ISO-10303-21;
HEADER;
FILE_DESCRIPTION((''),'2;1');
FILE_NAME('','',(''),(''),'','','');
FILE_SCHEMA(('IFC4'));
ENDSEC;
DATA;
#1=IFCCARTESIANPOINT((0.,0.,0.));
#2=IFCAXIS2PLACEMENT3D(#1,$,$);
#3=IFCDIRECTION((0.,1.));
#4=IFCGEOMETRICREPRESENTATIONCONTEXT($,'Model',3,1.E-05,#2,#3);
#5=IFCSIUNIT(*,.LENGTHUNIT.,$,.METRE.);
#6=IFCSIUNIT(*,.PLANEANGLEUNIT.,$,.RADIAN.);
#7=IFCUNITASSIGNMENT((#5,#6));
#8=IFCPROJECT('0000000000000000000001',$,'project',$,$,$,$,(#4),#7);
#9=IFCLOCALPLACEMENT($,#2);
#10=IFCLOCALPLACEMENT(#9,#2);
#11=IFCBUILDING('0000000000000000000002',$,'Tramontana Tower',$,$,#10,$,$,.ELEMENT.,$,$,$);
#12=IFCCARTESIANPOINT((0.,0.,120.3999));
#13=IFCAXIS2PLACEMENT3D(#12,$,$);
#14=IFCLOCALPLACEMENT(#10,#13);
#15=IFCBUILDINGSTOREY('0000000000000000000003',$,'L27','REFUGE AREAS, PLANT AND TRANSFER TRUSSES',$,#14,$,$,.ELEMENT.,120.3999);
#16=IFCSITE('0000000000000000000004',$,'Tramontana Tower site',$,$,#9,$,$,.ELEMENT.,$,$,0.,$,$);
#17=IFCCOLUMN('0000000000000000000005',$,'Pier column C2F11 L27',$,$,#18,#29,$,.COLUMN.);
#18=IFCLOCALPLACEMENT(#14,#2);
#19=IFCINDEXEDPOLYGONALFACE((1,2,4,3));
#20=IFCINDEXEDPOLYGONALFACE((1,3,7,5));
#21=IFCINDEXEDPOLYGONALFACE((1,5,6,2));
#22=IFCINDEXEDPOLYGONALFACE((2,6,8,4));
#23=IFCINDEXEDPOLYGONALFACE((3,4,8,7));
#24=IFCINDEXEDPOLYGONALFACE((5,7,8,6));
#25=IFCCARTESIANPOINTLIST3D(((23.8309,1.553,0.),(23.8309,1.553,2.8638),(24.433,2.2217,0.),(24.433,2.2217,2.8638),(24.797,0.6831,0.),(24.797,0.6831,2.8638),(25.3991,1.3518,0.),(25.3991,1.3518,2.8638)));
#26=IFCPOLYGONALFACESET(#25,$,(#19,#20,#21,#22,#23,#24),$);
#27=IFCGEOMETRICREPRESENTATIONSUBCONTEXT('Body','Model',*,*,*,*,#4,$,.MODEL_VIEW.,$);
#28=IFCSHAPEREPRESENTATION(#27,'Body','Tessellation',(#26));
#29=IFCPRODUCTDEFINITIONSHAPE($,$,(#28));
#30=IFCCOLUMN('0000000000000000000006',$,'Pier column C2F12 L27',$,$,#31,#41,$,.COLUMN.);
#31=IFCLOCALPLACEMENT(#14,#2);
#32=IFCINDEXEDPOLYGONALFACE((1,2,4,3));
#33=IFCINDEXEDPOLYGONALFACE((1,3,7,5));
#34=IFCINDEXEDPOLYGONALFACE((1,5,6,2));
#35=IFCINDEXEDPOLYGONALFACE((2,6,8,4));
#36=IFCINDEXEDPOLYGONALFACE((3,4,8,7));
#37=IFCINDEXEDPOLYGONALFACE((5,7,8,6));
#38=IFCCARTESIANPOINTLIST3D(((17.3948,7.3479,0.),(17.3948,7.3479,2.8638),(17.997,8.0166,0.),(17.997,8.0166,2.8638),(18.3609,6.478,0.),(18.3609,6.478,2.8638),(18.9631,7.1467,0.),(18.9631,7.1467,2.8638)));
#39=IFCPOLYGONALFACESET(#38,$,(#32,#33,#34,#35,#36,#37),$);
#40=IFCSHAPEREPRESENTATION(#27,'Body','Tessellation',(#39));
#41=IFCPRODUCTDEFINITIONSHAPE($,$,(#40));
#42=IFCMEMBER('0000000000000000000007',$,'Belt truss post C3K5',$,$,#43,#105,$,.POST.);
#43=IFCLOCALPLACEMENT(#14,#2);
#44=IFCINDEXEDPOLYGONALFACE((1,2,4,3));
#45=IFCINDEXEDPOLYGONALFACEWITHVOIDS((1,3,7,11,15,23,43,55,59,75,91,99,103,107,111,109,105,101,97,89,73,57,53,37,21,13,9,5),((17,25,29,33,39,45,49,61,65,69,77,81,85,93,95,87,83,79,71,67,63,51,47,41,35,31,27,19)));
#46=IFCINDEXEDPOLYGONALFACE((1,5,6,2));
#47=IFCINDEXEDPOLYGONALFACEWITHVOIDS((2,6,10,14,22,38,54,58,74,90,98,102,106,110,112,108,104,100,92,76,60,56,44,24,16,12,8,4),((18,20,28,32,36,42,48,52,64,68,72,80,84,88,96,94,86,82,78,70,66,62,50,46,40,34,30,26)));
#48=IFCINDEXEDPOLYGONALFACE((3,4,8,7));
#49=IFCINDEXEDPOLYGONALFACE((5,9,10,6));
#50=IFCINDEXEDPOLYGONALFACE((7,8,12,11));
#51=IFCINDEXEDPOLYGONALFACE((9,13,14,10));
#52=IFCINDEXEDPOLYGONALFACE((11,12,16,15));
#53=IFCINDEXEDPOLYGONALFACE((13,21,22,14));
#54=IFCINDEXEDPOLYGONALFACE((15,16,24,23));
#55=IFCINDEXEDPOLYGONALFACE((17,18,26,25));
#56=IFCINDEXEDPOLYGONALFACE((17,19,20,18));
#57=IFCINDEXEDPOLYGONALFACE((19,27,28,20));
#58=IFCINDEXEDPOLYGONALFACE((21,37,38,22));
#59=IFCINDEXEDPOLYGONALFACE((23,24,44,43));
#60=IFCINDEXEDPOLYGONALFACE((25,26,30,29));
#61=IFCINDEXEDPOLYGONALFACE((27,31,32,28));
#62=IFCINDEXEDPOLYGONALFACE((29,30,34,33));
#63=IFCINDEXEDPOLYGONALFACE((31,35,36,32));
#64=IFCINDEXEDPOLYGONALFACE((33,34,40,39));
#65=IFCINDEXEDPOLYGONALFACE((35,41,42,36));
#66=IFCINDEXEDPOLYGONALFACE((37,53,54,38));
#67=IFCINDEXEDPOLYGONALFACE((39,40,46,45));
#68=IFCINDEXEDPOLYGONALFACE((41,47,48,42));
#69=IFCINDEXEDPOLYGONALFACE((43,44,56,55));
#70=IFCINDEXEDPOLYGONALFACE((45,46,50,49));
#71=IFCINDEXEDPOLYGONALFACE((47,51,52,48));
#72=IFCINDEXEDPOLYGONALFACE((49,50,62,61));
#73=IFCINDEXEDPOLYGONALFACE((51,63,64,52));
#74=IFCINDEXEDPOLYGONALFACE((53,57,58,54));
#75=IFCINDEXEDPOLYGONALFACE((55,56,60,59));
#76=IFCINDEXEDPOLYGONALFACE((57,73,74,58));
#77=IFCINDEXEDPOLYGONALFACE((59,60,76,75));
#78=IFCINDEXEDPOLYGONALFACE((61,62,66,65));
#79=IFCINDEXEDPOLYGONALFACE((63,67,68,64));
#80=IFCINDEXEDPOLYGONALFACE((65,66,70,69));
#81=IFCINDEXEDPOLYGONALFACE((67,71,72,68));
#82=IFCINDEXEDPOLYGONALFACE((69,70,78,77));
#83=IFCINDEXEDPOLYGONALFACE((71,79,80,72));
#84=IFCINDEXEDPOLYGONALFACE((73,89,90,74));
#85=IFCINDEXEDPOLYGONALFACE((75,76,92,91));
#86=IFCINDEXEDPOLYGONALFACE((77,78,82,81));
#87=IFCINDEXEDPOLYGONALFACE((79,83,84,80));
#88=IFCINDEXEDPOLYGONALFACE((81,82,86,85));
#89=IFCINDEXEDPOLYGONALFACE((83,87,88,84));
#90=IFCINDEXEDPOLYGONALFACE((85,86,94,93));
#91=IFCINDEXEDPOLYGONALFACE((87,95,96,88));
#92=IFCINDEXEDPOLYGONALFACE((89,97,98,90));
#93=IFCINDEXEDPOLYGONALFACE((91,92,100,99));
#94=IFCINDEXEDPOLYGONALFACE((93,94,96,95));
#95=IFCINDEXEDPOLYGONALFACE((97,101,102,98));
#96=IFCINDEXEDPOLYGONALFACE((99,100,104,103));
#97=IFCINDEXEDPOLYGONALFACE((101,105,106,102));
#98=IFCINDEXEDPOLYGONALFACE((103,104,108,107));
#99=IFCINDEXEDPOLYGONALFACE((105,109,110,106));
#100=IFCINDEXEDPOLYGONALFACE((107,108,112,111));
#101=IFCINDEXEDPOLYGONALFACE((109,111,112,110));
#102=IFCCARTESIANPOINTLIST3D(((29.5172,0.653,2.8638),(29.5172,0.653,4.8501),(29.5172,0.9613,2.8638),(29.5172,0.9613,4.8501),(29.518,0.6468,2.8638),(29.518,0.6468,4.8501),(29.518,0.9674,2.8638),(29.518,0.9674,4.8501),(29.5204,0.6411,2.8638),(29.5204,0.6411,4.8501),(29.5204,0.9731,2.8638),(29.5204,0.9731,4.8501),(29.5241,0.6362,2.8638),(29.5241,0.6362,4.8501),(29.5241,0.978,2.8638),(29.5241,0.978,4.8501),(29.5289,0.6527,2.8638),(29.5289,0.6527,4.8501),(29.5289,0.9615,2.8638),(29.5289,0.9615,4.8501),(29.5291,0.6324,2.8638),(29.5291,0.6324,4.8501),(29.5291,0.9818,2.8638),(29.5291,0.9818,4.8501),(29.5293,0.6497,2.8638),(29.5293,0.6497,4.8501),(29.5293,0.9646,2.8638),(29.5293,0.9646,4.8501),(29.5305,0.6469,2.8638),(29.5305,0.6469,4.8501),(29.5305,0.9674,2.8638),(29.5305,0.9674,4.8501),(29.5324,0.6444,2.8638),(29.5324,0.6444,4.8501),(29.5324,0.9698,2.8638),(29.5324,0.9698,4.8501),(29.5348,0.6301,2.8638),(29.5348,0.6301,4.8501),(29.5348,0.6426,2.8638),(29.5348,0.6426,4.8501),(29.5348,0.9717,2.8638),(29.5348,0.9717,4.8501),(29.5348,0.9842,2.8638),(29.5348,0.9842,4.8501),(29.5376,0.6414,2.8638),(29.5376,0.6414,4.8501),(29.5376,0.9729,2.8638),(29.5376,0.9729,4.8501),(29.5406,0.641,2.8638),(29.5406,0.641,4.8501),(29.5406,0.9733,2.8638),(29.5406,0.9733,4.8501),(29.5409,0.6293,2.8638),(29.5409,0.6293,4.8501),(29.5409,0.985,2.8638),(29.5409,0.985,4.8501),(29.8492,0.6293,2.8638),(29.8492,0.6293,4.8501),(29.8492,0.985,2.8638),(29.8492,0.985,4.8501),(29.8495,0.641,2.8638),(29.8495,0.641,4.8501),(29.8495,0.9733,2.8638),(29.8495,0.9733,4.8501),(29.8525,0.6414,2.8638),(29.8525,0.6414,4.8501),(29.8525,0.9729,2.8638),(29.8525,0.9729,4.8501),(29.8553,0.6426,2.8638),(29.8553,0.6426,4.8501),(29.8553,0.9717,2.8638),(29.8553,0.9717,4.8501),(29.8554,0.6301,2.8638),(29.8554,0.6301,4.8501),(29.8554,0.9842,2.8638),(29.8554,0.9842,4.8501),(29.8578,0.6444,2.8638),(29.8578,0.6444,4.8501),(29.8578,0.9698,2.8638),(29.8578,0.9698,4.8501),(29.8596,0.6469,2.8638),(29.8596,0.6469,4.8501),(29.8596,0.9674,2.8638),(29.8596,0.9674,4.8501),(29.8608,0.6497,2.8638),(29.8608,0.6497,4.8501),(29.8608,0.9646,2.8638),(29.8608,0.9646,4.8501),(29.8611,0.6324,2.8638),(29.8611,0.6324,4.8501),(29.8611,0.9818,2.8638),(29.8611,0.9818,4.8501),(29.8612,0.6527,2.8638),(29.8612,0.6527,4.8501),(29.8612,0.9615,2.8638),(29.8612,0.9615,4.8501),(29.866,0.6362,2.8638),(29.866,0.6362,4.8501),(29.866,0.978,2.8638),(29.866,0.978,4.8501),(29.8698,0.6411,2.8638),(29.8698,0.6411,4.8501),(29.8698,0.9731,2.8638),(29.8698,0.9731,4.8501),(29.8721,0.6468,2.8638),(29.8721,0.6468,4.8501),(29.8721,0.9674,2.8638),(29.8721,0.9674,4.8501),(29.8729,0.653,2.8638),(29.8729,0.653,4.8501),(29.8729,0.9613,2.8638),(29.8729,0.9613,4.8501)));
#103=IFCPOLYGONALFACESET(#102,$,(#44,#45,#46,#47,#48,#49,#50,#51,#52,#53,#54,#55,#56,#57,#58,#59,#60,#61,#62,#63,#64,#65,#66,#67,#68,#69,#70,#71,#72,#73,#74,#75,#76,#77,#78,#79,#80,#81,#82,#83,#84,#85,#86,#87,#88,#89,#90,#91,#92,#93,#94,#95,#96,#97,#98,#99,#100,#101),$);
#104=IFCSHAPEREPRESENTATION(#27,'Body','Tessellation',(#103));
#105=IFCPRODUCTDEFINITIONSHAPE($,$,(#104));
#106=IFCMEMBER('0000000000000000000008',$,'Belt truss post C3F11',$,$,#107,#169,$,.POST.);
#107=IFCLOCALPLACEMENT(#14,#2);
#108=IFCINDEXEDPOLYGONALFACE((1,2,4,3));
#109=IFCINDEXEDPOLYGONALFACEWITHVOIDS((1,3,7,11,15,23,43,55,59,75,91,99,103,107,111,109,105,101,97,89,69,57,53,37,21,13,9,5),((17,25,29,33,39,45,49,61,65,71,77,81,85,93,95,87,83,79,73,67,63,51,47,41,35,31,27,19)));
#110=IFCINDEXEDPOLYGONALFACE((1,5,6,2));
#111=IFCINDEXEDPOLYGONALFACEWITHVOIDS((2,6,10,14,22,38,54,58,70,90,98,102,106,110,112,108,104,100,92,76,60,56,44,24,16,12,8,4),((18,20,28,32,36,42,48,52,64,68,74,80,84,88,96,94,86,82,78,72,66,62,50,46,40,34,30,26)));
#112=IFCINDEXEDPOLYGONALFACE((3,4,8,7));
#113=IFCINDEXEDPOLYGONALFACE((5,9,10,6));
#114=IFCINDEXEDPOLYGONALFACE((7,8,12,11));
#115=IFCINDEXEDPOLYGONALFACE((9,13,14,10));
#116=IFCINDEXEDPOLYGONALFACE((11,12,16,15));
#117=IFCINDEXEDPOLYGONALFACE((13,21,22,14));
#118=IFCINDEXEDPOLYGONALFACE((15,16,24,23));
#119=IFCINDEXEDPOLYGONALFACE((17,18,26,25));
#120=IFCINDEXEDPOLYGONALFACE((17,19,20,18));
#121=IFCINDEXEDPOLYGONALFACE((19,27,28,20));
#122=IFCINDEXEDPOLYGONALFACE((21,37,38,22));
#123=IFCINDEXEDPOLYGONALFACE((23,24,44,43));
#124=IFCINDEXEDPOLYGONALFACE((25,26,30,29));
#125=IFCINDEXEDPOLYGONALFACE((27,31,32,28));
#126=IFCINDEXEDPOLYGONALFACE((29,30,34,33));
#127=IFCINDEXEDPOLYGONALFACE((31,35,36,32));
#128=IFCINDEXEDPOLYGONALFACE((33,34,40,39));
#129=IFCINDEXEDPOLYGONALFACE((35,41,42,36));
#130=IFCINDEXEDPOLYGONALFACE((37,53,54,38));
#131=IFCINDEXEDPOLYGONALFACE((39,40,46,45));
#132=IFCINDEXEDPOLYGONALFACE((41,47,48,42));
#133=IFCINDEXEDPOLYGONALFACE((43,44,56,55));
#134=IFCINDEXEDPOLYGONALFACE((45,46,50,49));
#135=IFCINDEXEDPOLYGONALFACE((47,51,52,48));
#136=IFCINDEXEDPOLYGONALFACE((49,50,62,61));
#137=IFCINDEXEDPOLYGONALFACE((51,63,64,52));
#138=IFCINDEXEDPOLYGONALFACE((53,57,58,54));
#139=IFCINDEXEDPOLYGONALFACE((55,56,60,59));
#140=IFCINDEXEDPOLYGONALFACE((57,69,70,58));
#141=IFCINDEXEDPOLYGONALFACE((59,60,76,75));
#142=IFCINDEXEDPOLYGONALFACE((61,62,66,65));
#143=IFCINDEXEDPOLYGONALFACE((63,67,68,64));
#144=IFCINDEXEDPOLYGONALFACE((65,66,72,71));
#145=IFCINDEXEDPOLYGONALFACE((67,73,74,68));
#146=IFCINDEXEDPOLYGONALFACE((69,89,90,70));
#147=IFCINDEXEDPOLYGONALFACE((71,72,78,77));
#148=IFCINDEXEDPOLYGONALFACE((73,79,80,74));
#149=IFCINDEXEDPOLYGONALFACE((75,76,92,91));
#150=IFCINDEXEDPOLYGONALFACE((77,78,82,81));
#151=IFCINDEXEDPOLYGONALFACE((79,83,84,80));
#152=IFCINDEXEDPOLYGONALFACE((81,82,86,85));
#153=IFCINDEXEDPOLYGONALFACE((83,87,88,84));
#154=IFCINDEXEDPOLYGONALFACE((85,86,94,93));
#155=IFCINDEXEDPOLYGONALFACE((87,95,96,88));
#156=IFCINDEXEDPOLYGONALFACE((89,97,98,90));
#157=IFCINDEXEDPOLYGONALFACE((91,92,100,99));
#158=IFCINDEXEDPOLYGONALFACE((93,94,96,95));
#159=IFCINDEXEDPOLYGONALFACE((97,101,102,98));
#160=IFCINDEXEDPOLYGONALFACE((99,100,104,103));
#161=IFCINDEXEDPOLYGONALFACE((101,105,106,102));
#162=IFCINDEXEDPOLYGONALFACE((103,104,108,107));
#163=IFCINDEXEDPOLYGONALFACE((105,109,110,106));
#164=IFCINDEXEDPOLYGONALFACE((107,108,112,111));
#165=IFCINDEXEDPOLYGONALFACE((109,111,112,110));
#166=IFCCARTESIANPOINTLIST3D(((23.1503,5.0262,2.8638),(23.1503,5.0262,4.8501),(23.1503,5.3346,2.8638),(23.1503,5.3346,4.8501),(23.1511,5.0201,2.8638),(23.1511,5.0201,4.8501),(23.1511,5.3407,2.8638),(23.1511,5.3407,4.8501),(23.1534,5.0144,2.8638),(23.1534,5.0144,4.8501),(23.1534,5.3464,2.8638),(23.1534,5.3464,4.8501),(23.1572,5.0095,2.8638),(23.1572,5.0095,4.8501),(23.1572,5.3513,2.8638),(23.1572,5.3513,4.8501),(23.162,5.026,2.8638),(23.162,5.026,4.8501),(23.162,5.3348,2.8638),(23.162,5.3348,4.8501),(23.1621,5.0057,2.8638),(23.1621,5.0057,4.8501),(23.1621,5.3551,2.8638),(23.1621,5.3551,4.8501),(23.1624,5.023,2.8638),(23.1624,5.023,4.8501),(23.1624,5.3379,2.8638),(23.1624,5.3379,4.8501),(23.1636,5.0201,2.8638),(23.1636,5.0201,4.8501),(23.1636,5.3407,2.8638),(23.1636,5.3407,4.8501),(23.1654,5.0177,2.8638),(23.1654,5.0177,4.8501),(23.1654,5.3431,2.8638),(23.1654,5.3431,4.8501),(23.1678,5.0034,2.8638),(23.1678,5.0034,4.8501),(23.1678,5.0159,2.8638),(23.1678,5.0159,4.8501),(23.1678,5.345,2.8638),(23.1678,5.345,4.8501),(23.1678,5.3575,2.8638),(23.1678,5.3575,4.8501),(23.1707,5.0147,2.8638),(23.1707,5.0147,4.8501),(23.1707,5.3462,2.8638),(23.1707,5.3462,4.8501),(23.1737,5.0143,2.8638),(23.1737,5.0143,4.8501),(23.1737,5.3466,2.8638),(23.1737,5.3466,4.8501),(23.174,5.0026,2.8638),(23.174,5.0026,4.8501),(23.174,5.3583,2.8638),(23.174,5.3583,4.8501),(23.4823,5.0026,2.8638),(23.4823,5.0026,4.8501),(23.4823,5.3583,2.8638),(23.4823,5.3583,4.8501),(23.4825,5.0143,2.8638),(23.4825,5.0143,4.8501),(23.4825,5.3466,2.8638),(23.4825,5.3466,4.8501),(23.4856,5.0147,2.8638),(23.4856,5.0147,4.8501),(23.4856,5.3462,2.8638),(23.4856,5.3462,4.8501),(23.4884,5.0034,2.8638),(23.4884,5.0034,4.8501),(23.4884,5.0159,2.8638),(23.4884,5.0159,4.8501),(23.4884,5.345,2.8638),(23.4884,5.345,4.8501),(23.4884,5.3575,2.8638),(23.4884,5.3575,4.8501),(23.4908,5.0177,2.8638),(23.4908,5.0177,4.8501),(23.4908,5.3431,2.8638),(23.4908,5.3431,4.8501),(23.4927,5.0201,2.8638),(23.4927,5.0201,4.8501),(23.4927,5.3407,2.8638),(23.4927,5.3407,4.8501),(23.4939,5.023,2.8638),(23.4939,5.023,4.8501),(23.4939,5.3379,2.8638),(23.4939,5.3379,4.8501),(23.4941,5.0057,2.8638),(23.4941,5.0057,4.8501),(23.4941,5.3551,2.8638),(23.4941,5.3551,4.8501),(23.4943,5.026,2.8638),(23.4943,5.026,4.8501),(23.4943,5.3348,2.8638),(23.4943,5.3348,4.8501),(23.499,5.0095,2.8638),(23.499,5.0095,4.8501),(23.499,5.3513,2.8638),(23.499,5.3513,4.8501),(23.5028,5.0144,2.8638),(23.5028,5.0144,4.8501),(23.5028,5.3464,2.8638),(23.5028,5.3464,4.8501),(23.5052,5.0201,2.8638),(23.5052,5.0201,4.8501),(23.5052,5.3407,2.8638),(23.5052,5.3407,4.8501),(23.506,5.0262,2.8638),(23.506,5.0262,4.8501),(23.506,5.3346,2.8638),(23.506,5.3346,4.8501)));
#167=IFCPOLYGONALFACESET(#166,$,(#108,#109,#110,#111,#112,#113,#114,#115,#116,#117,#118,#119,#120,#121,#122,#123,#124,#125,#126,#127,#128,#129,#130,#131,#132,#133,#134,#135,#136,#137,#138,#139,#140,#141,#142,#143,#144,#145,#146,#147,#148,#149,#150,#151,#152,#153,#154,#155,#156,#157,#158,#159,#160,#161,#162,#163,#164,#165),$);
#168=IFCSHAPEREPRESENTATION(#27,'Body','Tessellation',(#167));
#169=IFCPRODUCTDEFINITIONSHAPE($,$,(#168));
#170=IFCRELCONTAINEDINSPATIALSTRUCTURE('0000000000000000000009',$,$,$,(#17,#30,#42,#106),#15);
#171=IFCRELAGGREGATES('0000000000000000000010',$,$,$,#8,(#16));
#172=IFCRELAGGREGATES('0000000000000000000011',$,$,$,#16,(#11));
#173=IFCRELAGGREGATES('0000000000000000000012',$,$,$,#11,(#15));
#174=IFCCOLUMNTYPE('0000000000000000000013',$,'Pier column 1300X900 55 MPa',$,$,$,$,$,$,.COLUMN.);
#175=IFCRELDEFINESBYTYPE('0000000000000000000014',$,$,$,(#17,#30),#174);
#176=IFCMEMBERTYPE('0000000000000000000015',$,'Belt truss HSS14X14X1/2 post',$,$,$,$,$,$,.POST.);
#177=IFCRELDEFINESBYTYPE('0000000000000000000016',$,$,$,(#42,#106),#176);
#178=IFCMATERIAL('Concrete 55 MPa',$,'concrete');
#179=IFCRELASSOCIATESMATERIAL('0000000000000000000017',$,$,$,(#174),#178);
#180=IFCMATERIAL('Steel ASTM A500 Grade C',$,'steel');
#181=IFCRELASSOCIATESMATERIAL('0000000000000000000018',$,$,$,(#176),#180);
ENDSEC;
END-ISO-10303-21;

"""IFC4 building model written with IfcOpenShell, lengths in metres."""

from ifc_helpers import new_model, si_unit, direction, frame, origin, origin_2d, place, context, subcontext, project, spatial, rectangle, hollow_rectangle, extrude, material, material_profile, profile_set, type_object, element, save


model = new_model("IFC4")

# Units and contexts
model_context = context("Model", 3, precision=1e-05, world=origin(), true_north=direction((0.0, 1.0)))
body_context = subcontext(model_context, "Body", "Model", "MODEL_VIEW")
ifc_project = project(units=[si_unit("LENGTHUNIT", "METRE"), si_unit("PLANEANGLEUNIT", "RADIAN")], contexts=[model_context])

# Site, building, storey
site_placement = place(None, origin())
site = spatial("IfcSite", under=ifc_project, at=site_placement, Name="Tramontana Tower site", CompositionType="ELEMENT", RefElevation=0.0)
building_placement = place(site_placement, origin())
building = spatial("IfcBuilding", under=site, at=building_placement, Name="Tramontana Tower", CompositionType="ELEMENT")
storey_placement = place(building_placement, frame((0.0, 0.0, 120.3999)))
storey = spatial("IfcBuildingStorey", under=building, at=storey_placement, Name="L27", Description="REFUGE AREAS, PLANT AND TRANSFER TRUSSES", CompositionType="ELEMENT", Elevation=120.3999)

# Columns
ifc_material_1 = material(Name="Concrete 55 MPa", Category="concrete")
ifc_material_profile_1 = material_profile(ifc_material_1, rectangle(XDim=1.3, YDim=0.8999, at=origin_2d()), Name="Pier column 1300X900 55 MPa")
ifc_profile_set_1 = profile_set([ifc_material_profile_1], Name="Concrete 55 MPa")
column_type = type_object("IfcColumnType", Name="Pier column 1300X900 55 MPa", PredefinedType="COLUMN", material=ifc_profile_set_1)
for number, where, z_axis, x_axis, name in (
    (1, (24.615, 1.4524, 0.0), (0.0, 0.0, 1.0), (-0.743145, 0.669131, 0.0), "Pier column C2F11 L27"),
    (2, (18.179, 7.2473, 0.0), (0.0, 0.0, 1.0), (-0.743145, 0.669131, 0.0), "Pier column C2F12 L27"),
):
    element("IfcColumn", number, at=place(storey_placement, frame(where, z_axis=z_axis, x_axis=x_axis)), inside=storey, type_object=column_type, Name=name, PredefinedType="COLUMN", context=body_context, shape_type="SweptSolid", body=[
        extrude(rectangle(XDim=1.3, YDim=0.8999, at=origin_2d()), origin(), (0.0, 0.0, 1.0), 2.8638),
    ])

# Members
ifc_material_2 = material(Name="Steel ASTM A500 Grade C", Category="steel")
ifc_material_profile_2 = material_profile(ifc_material_2, hollow_rectangle(XDim=0.3557, YDim=0.3557, WallThickness=0.0117, InnerFilletRadius=0.0117, OuterFilletRadius=0.0237, at=origin_2d()), Name="HSS14X14X1/2")
ifc_profile_set_2 = profile_set([ifc_material_profile_2], Name="Steel ASTM A500 Grade C")
member_type_1 = type_object("IfcMemberType", Name="Belt truss HSS14X14X1/2 post", PredefinedType="POST", material=ifc_profile_set_2)
for number, where, z_axis, x_axis, name in (
    (3, (29.6951, 0.8071, 2.8638), (0.0, 0.0, 1.0), (1.0, 0.0, 0.0), "Belt truss post C3K5"),
    (4, (23.3281, 5.1804, 2.8638), (0.0, 0.0, 1.0), (1.0, 0.0, 0.0), "Belt truss post C3F11"),
):
    element("IfcMember", number, at=place(storey_placement, frame(where, z_axis=z_axis, x_axis=x_axis)), inside=storey, type_object=member_type_1, Name=name, PredefinedType="POST", context=body_context, shape_type="SweptSolid", body=[
        extrude(hollow_rectangle(XDim=0.3557, YDim=0.3557, WallThickness=0.0117, InnerFilletRadius=0.0117, OuterFilletRadius=0.0237, at=origin_2d()), origin(), (0.0, 0.0, 1.0), 1.9863),
    ])

save(model, "model.ifc")
